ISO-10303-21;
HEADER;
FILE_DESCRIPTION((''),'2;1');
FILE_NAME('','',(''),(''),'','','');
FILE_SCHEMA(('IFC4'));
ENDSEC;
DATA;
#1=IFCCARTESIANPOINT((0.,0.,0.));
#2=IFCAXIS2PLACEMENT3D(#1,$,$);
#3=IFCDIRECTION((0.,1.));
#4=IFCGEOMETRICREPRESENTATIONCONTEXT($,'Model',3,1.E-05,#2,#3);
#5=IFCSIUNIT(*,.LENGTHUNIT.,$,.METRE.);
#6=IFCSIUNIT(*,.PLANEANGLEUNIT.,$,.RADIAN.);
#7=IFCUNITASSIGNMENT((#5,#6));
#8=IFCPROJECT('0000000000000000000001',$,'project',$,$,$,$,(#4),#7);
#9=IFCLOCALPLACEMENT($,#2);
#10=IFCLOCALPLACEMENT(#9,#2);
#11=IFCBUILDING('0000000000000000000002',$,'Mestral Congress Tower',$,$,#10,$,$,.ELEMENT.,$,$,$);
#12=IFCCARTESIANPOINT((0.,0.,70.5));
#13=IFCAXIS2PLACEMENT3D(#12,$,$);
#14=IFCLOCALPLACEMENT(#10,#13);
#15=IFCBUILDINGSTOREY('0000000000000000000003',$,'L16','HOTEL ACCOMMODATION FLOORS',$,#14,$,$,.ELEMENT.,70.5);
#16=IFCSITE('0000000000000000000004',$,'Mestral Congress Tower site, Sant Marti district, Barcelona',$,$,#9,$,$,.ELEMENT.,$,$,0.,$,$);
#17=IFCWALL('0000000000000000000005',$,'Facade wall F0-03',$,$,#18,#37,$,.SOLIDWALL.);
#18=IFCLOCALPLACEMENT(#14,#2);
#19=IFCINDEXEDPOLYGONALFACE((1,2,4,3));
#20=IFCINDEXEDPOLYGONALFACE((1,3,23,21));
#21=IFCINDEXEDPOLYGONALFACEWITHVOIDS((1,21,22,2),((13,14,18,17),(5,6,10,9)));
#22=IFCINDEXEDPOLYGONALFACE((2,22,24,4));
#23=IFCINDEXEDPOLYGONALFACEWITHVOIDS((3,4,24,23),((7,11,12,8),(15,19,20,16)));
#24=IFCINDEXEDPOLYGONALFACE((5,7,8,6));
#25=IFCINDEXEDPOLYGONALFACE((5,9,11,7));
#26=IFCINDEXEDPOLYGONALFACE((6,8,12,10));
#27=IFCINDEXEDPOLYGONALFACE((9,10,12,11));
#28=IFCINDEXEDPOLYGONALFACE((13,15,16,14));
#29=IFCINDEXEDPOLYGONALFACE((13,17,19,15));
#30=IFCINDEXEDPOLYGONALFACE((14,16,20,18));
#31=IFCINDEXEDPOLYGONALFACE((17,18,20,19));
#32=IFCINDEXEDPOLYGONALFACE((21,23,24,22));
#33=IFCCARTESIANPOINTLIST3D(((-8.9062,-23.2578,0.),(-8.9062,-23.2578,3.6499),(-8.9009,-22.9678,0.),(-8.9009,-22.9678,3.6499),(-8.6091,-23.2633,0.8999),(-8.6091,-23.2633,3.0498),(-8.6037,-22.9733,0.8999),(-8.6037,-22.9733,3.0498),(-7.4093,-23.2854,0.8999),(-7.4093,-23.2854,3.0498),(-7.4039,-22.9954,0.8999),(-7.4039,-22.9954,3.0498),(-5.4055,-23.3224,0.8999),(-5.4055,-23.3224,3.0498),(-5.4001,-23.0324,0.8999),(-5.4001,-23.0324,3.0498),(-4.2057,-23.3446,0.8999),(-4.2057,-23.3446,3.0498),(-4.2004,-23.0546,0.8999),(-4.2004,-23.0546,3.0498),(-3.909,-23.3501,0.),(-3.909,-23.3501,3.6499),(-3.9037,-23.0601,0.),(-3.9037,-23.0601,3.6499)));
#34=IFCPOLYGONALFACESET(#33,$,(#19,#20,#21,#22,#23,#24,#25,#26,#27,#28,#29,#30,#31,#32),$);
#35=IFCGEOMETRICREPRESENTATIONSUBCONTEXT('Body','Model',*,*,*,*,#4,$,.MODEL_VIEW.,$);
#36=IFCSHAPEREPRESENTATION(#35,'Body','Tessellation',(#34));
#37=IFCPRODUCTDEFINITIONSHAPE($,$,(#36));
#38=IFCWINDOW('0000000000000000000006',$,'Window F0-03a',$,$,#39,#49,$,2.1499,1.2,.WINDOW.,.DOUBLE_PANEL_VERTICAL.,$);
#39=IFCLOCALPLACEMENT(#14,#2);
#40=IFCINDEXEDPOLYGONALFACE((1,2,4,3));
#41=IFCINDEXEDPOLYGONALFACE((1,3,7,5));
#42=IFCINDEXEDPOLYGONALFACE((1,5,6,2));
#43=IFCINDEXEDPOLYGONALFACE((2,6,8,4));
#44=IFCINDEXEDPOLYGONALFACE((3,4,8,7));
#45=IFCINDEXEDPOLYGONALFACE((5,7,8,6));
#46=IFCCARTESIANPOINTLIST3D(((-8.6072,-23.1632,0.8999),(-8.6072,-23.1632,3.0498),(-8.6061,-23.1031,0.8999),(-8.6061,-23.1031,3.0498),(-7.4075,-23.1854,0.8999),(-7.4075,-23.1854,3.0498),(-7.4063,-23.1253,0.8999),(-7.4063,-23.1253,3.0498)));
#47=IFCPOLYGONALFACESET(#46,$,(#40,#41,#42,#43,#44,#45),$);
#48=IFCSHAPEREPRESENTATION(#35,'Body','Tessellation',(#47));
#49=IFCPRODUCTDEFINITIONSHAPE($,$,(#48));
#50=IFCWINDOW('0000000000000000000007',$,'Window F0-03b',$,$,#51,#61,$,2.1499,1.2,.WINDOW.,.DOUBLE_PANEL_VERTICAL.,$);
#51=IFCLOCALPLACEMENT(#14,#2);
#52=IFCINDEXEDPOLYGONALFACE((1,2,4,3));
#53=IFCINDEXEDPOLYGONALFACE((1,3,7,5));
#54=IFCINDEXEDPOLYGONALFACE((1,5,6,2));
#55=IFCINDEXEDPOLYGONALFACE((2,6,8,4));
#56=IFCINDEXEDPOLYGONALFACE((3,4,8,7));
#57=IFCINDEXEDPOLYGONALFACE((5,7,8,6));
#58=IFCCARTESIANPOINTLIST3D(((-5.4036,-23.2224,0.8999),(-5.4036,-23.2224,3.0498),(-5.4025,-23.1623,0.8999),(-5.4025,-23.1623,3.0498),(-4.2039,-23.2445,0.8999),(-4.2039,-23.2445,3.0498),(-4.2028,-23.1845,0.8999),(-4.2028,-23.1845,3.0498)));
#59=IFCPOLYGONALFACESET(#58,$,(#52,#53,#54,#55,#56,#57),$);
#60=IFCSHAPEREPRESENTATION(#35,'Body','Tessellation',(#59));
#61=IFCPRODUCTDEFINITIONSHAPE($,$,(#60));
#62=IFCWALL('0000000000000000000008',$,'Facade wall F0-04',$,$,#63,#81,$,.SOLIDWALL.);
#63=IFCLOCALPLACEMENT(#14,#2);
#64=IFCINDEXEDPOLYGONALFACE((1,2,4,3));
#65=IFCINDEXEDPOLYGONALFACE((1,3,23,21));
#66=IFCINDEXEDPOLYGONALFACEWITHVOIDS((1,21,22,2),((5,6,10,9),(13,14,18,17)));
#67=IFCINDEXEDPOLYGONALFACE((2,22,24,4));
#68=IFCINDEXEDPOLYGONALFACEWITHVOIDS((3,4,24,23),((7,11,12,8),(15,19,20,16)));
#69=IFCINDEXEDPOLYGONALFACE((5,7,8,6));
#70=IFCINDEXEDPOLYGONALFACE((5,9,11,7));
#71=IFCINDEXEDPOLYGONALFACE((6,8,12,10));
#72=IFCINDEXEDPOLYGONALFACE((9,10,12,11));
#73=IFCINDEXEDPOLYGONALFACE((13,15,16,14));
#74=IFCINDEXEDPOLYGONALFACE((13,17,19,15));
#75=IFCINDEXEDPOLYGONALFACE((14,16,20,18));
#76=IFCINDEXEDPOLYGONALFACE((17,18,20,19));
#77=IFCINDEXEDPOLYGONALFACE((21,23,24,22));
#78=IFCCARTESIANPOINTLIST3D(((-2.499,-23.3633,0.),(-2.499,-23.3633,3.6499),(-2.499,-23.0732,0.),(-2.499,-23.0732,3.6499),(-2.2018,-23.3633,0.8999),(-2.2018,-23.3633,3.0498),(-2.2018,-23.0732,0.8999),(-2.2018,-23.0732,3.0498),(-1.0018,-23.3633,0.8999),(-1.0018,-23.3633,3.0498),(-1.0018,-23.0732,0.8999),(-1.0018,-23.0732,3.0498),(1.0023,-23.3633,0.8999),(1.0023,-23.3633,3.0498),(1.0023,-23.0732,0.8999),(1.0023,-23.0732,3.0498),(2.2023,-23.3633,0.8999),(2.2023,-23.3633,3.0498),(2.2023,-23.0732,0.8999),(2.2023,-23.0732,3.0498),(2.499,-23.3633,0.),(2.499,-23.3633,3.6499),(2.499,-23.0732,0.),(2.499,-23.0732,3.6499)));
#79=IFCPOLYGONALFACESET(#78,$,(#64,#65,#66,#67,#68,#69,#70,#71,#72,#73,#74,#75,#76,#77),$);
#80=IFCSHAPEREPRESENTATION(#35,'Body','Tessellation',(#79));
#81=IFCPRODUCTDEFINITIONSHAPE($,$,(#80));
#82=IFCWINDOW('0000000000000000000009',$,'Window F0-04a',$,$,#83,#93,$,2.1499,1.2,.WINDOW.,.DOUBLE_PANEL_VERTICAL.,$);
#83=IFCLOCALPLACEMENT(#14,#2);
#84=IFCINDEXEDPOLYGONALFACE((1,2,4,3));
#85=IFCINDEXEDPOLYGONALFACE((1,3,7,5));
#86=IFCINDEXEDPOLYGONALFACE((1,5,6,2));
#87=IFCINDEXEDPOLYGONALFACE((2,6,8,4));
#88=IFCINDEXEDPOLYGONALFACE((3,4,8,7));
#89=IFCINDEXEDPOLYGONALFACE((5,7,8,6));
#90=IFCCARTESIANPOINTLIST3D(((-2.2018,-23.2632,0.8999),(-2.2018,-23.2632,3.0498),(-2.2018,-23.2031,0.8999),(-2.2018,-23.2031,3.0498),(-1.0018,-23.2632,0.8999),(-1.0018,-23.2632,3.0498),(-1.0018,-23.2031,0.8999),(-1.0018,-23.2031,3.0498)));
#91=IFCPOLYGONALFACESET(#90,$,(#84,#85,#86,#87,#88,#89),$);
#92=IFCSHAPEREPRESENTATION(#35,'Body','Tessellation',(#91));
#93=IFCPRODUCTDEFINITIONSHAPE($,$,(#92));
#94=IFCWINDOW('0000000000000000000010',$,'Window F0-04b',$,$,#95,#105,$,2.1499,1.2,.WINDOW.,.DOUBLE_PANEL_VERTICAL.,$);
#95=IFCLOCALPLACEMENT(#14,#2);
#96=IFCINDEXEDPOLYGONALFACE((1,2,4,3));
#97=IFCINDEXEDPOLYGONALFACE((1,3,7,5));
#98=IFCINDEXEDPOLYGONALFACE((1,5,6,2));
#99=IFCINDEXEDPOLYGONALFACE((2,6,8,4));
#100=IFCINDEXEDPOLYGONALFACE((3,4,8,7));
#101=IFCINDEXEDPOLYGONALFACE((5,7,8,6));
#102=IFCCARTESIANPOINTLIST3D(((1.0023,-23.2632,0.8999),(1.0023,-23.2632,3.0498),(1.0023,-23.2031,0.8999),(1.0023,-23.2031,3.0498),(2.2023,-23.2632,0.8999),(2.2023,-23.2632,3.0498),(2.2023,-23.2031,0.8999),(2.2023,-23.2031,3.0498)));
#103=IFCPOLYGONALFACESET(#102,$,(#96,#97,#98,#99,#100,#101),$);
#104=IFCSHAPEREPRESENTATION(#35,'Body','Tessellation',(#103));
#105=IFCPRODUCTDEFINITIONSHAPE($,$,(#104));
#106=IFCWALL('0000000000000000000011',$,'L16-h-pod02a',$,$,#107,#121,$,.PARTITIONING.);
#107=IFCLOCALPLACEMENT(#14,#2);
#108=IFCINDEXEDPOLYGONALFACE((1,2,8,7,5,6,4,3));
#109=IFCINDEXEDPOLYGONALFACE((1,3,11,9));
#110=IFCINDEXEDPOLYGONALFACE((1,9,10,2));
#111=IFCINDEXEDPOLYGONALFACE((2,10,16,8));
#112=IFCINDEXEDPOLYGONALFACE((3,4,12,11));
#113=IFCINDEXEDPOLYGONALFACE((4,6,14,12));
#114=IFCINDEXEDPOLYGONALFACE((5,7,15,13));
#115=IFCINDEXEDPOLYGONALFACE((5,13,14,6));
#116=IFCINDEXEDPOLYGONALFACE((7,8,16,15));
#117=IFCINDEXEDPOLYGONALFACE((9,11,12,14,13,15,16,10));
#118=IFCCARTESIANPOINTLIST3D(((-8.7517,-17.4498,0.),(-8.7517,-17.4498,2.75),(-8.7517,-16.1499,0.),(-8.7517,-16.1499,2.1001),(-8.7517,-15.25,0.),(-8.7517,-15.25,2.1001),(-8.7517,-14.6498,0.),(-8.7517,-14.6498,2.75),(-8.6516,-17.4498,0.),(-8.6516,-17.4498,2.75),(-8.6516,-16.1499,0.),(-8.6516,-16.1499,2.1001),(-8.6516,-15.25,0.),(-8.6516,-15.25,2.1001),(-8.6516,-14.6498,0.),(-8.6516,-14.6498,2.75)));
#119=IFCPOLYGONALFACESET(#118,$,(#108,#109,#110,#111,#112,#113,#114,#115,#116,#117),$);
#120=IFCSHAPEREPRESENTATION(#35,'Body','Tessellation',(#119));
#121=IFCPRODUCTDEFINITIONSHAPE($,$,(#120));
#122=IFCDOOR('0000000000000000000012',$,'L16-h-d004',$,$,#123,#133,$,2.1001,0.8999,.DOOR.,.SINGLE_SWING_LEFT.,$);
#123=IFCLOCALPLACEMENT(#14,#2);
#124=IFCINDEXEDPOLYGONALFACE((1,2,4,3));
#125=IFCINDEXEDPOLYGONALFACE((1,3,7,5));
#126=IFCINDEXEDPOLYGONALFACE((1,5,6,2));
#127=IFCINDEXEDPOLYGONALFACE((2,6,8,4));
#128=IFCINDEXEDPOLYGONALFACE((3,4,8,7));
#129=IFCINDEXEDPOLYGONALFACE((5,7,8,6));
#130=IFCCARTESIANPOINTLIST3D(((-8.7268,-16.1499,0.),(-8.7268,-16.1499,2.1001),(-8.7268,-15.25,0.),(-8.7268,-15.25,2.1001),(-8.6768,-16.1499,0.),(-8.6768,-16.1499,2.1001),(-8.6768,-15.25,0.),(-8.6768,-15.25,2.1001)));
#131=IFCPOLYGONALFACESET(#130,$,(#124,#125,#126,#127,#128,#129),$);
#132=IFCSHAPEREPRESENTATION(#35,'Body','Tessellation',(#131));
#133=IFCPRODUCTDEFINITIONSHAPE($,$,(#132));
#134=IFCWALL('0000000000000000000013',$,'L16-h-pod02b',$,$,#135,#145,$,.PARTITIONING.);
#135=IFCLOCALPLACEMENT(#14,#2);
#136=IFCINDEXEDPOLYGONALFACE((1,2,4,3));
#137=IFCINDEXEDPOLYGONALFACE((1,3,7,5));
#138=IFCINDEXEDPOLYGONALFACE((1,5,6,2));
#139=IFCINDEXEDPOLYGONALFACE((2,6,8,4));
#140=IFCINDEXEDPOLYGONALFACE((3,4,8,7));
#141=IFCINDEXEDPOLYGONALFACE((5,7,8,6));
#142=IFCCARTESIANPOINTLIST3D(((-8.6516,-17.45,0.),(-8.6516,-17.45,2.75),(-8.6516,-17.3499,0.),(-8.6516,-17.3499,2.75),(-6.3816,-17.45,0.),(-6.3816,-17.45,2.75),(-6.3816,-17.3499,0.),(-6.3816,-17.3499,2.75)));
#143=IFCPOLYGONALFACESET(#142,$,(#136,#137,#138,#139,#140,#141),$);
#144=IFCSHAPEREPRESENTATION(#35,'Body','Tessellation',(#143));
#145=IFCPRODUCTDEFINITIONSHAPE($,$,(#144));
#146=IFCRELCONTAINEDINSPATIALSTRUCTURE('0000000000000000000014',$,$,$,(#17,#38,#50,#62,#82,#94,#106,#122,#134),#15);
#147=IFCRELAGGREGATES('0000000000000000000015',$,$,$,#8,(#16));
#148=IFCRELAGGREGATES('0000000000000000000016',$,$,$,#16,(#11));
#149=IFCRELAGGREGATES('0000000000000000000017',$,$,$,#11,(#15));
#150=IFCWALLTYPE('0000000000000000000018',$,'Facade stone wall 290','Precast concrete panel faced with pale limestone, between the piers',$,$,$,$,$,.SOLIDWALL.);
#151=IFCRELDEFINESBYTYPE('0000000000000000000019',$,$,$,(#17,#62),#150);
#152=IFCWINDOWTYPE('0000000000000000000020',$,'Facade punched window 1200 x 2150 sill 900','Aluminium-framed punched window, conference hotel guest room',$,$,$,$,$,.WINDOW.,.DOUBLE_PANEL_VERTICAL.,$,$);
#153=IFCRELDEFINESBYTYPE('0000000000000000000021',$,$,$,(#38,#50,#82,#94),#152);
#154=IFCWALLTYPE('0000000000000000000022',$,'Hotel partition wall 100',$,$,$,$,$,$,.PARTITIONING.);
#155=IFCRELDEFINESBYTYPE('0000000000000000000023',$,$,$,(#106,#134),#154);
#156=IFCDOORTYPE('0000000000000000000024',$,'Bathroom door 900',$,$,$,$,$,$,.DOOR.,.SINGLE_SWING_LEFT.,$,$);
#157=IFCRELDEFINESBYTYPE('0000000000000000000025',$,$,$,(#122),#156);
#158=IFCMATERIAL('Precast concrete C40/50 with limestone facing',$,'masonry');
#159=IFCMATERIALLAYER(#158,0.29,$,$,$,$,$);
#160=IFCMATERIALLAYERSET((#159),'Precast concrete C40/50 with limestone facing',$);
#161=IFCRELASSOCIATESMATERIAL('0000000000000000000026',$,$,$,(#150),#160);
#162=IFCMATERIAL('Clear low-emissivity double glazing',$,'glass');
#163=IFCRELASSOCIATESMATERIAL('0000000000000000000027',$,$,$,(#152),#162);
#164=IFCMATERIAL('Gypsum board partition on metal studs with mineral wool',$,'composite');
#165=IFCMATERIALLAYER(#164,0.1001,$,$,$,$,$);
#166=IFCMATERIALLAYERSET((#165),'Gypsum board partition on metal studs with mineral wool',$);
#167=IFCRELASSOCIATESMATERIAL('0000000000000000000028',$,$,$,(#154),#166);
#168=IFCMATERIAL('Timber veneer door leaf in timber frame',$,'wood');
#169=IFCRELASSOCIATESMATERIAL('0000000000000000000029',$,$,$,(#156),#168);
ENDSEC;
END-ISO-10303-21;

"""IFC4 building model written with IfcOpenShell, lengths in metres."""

from ifc_helpers import new_model, si_unit, direction, frame, frame_2d, origin, place, context, subcontext, project, spatial, rectangle, extrude, material, layer, layer_set, type_object, element, fill, save


model = new_model("IFC4")

# Units and contexts
model_context = context("Model", 3, precision=1e-05, world=origin(), true_north=direction((0.0, 1.0)))
body_context = subcontext(model_context, "Body", "Model", "MODEL_VIEW")
ifc_project = project(units=[si_unit("LENGTHUNIT", "METRE"), si_unit("PLANEANGLEUNIT", "RADIAN")], contexts=[model_context])

# Site, building, storey
site_placement = place(None, origin())
site = spatial("IfcSite", under=ifc_project, at=site_placement, Name="Mestral Congress Tower site, Sant Marti district, Barcelona", CompositionType="ELEMENT", RefElevation=0.0)
building_placement = place(site_placement, origin())
building = spatial("IfcBuilding", under=site, at=building_placement, Name="Mestral Congress Tower", CompositionType="ELEMENT")
storey_placement = place(building_placement, frame((0.0, 0.0, 70.5)))
storey = spatial("IfcBuildingStorey", under=building, at=storey_placement, Name="L16", Description="HOTEL ACCOMMODATION FLOORS", CompositionType="ELEMENT", Elevation=70.5)

# Walls, openings, windows
ifc_material_1 = material(Name="Precast concrete C40/50 with limestone facing", Category="masonry")
ifc_layer_1 = layer(ifc_material_1, 0.29)
ifc_layer_set_1 = layer_set([ifc_layer_1], Name="Precast concrete C40/50 with limestone facing")
wall_type_1 = type_object("IfcWallType", Name="Facade stone wall 290", Description="Precast concrete panel faced with pale limestone, between the piers", PredefinedType="SOLIDWALL", material=ifc_layer_set_1)
wall_1_placement = place(storey_placement, frame((-8.9036, -23.1128, 0.0), z_axis=(0.0, 0.0, 1.0), x_axis=(0.99983, -0.018464, 0.0)))
wall_1 = element("IfcWall", 1, at=wall_1_placement, inside=storey, type_object=wall_type_1, Name="Facade wall F0-03", PredefinedType="SOLIDWALL", context=body_context, shape_type="SweptSolid", body=[
    extrude(rectangle(XDim=4.998, YDim=0.29, at=frame_2d((2.499, 0.0))), origin(), (0.0, 0.0, 1.0), 3.6499),
])
opening_1_placement = place(wall_1_placement, frame((0.2971, 0.0, 0.8999)))
opening_1 = element("IfcOpeningElement", 2, at=opening_1_placement, cuts=wall_1, PredefinedType="OPENING", context=body_context, shape_type="SweptSolid", body=[
    extrude(rectangle(XDim=1.2, YDim=2.1499, at=frame_2d((0.6001, 1.075))), frame((0.0, 0.155, 0.0), z_axis=(0.0, -1.0, 0.0), x_axis=(1.0, 0.0, 0.0)), (0.0, 0.0, 1.0), 0.3101),
])
opening_2_placement = place(wall_1_placement, frame((3.5012, 0.0, 0.8999)))
opening_2 = element("IfcOpeningElement", 3, at=opening_2_placement, cuts=wall_1, PredefinedType="OPENING", context=body_context, shape_type="SweptSolid", body=[
    extrude(rectangle(XDim=1.2, YDim=2.1499, at=frame_2d((0.6001, 1.075))), frame((0.0, 0.155, 0.0), z_axis=(0.0, -1.0, 0.0), x_axis=(1.0, 0.0, 0.0)), (0.0, 0.0, 1.0), 0.3101),
])
ifc_material_2 = material(Name="Clear low-emissivity double glazing", Category="glass")
window_type = type_object("IfcWindowType", Name="Facade punched window 1200 x 2150 sill 900", Description="Aluminium-framed punched window, conference hotel guest room", PartitioningType="DOUBLE_PANEL_VERTICAL", PredefinedType="WINDOW", material=ifc_material_2)
window_1_placement = place(opening_1_placement, origin())
window_1 = element("IfcWindow", 4, at=window_1_placement, inside=storey, type_object=window_type, Name="Window F0-03a", OverallHeight=2.1499, OverallWidth=1.2, PartitioningType="DOUBLE_PANEL_VERTICAL", PredefinedType="WINDOW", context=body_context, shape_type="SweptSolid", body=[
    extrude(rectangle(XDim=1.2, YDim=2.1499, at=frame_2d((0.6001, 1.075))), frame((0.0, 0.0151, 0.0), z_axis=(0.0, -1.0, 0.0), x_axis=(1.0, 0.0, 0.0)), (0.0, 0.0, 1.0), 0.0601),
])
fill(opening_1, window_1)
window_2_placement = place(opening_2_placement, origin())
window_2 = element("IfcWindow", 5, at=window_2_placement, inside=storey, type_object=window_type, Name="Window F0-03b", OverallHeight=2.1499, OverallWidth=1.2, PartitioningType="DOUBLE_PANEL_VERTICAL", PredefinedType="WINDOW", context=body_context, shape_type="SweptSolid", body=[
    extrude(rectangle(XDim=1.2, YDim=2.1499, at=frame_2d((0.6001, 1.075))), frame((0.0, 0.0151, 0.0), z_axis=(0.0, -1.0, 0.0), x_axis=(1.0, 0.0, 0.0)), (0.0, 0.0, 1.0), 0.0601),
])
fill(opening_2, window_2)
wall_2_placement = place(storey_placement, frame((-2.499, -23.2183, 0.0), z_axis=(0.0, 0.0, 1.0), x_axis=(1.0, 0.0, 0.0)))
wall_2 = element("IfcWall", 6, at=wall_2_placement, inside=storey, type_object=wall_type_1, Name="Facade wall F0-04", PredefinedType="SOLIDWALL", context=body_context, shape_type="SweptSolid", body=[
    extrude(rectangle(XDim=4.998, YDim=0.29, at=frame_2d((2.499, 0.0))), origin(), (0.0, 0.0, 1.0), 3.6499),
])
opening_3_placement = place(wall_2_placement, frame((0.2971, 0.0, 0.8999)))
opening_3 = element("IfcOpeningElement", 7, at=opening_3_placement, cuts=wall_2, PredefinedType="OPENING", context=body_context, shape_type="SweptSolid", body=[
    extrude(rectangle(XDim=1.2, YDim=2.1499, at=frame_2d((0.6001, 1.075))), frame((0.0, 0.155, 0.0), z_axis=(0.0, -1.0, 0.0), x_axis=(1.0, 0.0, 0.0)), (0.0, 0.0, 1.0), 0.3101),
])
opening_4_placement = place(wall_2_placement, frame((3.5012, 0.0, 0.8999)))
opening_4 = element("IfcOpeningElement", 8, at=opening_4_placement, cuts=wall_2, PredefinedType="OPENING", context=body_context, shape_type="SweptSolid", body=[
    extrude(rectangle(XDim=1.2, YDim=2.1499, at=frame_2d((0.6001, 1.075))), frame((0.0, 0.155, 0.0), z_axis=(0.0, -1.0, 0.0), x_axis=(1.0, 0.0, 0.0)), (0.0, 0.0, 1.0), 0.3101),
])
window_3_placement = place(opening_3_placement, origin())
window_3 = element("IfcWindow", 9, at=window_3_placement, inside=storey, type_object=window_type, Name="Window F0-04a", OverallHeight=2.1499, OverallWidth=1.2, PartitioningType="DOUBLE_PANEL_VERTICAL", PredefinedType="WINDOW", context=body_context, shape_type="SweptSolid", body=[
    extrude(rectangle(XDim=1.2, YDim=2.1499, at=frame_2d((0.6001, 1.075))), frame((0.0, 0.0151, 0.0), z_axis=(0.0, -1.0, 0.0), x_axis=(1.0, 0.0, 0.0)), (0.0, 0.0, 1.0), 0.0601),
])
fill(opening_3, window_3)
window_4_placement = place(opening_4_placement, origin())
window_4 = element("IfcWindow", 10, at=window_4_placement, inside=storey, type_object=window_type, Name="Window F0-04b", OverallHeight=2.1499, OverallWidth=1.2, PartitioningType="DOUBLE_PANEL_VERTICAL", PredefinedType="WINDOW", context=body_context, shape_type="SweptSolid", body=[
    extrude(rectangle(XDim=1.2, YDim=2.1499, at=frame_2d((0.6001, 1.075))), frame((0.0, 0.0151, 0.0), z_axis=(0.0, -1.0, 0.0), x_axis=(1.0, 0.0, 0.0)), (0.0, 0.0, 1.0), 0.0601),
])
fill(opening_4, window_4)

# Wall, opening, door
ifc_material_3 = material(Name="Gypsum board partition on metal studs with mineral wool", Category="composite")
ifc_layer_2 = layer(ifc_material_3, 0.1001)
ifc_layer_set_2 = layer_set([ifc_layer_2], Name="Gypsum board partition on metal studs with mineral wool")
wall_type_2 = type_object("IfcWallType", Name="Hotel partition wall 100", PredefinedType="PARTITIONING", material=ifc_layer_set_2)
wall_3_placement = place(storey_placement, frame((-8.7017, -14.6499, 0.0), z_axis=(0.0, 0.0, 1.0), x_axis=(0.0, -1.0, 0.0)))
wall_3 = element("IfcWall", 11, at=wall_3_placement, inside=storey, type_object=wall_type_2, Name="L16-h-pod02a", PredefinedType="PARTITIONING", context=body_context, shape_type="SweptSolid", body=[
    extrude(rectangle(XDim=2.8, YDim=0.1001, at=frame_2d((1.3999, 0.0))), origin(), (0.0, 0.0, 1.0), 2.75),
])
opening_5_placement = place(wall_3_placement, frame((0.6001, 0.0, 0.0)))
opening_5 = element("IfcOpeningElement", 12, at=opening_5_placement, cuts=wall_3, PredefinedType="OPENING", context=body_context, shape_type="SweptSolid", body=[
    extrude(rectangle(XDim=0.8999, YDim=2.1001, at=frame_2d((0.45, 1.05))), frame((0.0, 0.0601, 0.0), z_axis=(0.0, -1.0, 0.0), x_axis=(1.0, 0.0, 0.0)), (0.0, 0.0, 1.0), 0.1201),
])
ifc_material_4 = material(Name="Timber veneer door leaf in timber frame", Category="wood")
door_type = type_object("IfcDoorType", Name="Bathroom door 900", OperationType="SINGLE_SWING_LEFT", PredefinedType="DOOR", material=ifc_material_4)
door_1_placement = place(opening_5_placement, origin())
door_1 = element("IfcDoor", 13, at=door_1_placement, inside=storey, type_object=door_type, Name="L16-h-d004", OperationType="SINGLE_SWING_LEFT", OverallHeight=2.1001, OverallWidth=0.8999, PredefinedType="DOOR", context=body_context, shape_type="SweptSolid", body=[
    extrude(rectangle(XDim=0.8999, YDim=2.1001, at=frame_2d((0.45, 1.05))), frame((0.0, 0.0249, 0.0), z_axis=(0.0, -1.0, 0.0), x_axis=(1.0, 0.0, 0.0)), (0.0, 0.0, 1.0), 0.05),
])
fill(opening_5, door_1)

# Wall
wall_4_placement = place(storey_placement, frame((-8.6516, -17.3999, 0.0), z_axis=(0.0, 0.0, 1.0), x_axis=(1.0, 0.0, 0.0)))
element("IfcWall", 14, at=wall_4_placement, inside=storey, type_object=wall_type_2, Name="L16-h-pod02b", PredefinedType="PARTITIONING", context=body_context, shape_type="SweptSolid", body=[
    extrude(rectangle(XDim=2.27, YDim=0.1001, at=frame_2d((1.135, 0.0))), origin(), (0.0, 0.0, 1.0), 2.75),
])

save(model, "model.ifc")
